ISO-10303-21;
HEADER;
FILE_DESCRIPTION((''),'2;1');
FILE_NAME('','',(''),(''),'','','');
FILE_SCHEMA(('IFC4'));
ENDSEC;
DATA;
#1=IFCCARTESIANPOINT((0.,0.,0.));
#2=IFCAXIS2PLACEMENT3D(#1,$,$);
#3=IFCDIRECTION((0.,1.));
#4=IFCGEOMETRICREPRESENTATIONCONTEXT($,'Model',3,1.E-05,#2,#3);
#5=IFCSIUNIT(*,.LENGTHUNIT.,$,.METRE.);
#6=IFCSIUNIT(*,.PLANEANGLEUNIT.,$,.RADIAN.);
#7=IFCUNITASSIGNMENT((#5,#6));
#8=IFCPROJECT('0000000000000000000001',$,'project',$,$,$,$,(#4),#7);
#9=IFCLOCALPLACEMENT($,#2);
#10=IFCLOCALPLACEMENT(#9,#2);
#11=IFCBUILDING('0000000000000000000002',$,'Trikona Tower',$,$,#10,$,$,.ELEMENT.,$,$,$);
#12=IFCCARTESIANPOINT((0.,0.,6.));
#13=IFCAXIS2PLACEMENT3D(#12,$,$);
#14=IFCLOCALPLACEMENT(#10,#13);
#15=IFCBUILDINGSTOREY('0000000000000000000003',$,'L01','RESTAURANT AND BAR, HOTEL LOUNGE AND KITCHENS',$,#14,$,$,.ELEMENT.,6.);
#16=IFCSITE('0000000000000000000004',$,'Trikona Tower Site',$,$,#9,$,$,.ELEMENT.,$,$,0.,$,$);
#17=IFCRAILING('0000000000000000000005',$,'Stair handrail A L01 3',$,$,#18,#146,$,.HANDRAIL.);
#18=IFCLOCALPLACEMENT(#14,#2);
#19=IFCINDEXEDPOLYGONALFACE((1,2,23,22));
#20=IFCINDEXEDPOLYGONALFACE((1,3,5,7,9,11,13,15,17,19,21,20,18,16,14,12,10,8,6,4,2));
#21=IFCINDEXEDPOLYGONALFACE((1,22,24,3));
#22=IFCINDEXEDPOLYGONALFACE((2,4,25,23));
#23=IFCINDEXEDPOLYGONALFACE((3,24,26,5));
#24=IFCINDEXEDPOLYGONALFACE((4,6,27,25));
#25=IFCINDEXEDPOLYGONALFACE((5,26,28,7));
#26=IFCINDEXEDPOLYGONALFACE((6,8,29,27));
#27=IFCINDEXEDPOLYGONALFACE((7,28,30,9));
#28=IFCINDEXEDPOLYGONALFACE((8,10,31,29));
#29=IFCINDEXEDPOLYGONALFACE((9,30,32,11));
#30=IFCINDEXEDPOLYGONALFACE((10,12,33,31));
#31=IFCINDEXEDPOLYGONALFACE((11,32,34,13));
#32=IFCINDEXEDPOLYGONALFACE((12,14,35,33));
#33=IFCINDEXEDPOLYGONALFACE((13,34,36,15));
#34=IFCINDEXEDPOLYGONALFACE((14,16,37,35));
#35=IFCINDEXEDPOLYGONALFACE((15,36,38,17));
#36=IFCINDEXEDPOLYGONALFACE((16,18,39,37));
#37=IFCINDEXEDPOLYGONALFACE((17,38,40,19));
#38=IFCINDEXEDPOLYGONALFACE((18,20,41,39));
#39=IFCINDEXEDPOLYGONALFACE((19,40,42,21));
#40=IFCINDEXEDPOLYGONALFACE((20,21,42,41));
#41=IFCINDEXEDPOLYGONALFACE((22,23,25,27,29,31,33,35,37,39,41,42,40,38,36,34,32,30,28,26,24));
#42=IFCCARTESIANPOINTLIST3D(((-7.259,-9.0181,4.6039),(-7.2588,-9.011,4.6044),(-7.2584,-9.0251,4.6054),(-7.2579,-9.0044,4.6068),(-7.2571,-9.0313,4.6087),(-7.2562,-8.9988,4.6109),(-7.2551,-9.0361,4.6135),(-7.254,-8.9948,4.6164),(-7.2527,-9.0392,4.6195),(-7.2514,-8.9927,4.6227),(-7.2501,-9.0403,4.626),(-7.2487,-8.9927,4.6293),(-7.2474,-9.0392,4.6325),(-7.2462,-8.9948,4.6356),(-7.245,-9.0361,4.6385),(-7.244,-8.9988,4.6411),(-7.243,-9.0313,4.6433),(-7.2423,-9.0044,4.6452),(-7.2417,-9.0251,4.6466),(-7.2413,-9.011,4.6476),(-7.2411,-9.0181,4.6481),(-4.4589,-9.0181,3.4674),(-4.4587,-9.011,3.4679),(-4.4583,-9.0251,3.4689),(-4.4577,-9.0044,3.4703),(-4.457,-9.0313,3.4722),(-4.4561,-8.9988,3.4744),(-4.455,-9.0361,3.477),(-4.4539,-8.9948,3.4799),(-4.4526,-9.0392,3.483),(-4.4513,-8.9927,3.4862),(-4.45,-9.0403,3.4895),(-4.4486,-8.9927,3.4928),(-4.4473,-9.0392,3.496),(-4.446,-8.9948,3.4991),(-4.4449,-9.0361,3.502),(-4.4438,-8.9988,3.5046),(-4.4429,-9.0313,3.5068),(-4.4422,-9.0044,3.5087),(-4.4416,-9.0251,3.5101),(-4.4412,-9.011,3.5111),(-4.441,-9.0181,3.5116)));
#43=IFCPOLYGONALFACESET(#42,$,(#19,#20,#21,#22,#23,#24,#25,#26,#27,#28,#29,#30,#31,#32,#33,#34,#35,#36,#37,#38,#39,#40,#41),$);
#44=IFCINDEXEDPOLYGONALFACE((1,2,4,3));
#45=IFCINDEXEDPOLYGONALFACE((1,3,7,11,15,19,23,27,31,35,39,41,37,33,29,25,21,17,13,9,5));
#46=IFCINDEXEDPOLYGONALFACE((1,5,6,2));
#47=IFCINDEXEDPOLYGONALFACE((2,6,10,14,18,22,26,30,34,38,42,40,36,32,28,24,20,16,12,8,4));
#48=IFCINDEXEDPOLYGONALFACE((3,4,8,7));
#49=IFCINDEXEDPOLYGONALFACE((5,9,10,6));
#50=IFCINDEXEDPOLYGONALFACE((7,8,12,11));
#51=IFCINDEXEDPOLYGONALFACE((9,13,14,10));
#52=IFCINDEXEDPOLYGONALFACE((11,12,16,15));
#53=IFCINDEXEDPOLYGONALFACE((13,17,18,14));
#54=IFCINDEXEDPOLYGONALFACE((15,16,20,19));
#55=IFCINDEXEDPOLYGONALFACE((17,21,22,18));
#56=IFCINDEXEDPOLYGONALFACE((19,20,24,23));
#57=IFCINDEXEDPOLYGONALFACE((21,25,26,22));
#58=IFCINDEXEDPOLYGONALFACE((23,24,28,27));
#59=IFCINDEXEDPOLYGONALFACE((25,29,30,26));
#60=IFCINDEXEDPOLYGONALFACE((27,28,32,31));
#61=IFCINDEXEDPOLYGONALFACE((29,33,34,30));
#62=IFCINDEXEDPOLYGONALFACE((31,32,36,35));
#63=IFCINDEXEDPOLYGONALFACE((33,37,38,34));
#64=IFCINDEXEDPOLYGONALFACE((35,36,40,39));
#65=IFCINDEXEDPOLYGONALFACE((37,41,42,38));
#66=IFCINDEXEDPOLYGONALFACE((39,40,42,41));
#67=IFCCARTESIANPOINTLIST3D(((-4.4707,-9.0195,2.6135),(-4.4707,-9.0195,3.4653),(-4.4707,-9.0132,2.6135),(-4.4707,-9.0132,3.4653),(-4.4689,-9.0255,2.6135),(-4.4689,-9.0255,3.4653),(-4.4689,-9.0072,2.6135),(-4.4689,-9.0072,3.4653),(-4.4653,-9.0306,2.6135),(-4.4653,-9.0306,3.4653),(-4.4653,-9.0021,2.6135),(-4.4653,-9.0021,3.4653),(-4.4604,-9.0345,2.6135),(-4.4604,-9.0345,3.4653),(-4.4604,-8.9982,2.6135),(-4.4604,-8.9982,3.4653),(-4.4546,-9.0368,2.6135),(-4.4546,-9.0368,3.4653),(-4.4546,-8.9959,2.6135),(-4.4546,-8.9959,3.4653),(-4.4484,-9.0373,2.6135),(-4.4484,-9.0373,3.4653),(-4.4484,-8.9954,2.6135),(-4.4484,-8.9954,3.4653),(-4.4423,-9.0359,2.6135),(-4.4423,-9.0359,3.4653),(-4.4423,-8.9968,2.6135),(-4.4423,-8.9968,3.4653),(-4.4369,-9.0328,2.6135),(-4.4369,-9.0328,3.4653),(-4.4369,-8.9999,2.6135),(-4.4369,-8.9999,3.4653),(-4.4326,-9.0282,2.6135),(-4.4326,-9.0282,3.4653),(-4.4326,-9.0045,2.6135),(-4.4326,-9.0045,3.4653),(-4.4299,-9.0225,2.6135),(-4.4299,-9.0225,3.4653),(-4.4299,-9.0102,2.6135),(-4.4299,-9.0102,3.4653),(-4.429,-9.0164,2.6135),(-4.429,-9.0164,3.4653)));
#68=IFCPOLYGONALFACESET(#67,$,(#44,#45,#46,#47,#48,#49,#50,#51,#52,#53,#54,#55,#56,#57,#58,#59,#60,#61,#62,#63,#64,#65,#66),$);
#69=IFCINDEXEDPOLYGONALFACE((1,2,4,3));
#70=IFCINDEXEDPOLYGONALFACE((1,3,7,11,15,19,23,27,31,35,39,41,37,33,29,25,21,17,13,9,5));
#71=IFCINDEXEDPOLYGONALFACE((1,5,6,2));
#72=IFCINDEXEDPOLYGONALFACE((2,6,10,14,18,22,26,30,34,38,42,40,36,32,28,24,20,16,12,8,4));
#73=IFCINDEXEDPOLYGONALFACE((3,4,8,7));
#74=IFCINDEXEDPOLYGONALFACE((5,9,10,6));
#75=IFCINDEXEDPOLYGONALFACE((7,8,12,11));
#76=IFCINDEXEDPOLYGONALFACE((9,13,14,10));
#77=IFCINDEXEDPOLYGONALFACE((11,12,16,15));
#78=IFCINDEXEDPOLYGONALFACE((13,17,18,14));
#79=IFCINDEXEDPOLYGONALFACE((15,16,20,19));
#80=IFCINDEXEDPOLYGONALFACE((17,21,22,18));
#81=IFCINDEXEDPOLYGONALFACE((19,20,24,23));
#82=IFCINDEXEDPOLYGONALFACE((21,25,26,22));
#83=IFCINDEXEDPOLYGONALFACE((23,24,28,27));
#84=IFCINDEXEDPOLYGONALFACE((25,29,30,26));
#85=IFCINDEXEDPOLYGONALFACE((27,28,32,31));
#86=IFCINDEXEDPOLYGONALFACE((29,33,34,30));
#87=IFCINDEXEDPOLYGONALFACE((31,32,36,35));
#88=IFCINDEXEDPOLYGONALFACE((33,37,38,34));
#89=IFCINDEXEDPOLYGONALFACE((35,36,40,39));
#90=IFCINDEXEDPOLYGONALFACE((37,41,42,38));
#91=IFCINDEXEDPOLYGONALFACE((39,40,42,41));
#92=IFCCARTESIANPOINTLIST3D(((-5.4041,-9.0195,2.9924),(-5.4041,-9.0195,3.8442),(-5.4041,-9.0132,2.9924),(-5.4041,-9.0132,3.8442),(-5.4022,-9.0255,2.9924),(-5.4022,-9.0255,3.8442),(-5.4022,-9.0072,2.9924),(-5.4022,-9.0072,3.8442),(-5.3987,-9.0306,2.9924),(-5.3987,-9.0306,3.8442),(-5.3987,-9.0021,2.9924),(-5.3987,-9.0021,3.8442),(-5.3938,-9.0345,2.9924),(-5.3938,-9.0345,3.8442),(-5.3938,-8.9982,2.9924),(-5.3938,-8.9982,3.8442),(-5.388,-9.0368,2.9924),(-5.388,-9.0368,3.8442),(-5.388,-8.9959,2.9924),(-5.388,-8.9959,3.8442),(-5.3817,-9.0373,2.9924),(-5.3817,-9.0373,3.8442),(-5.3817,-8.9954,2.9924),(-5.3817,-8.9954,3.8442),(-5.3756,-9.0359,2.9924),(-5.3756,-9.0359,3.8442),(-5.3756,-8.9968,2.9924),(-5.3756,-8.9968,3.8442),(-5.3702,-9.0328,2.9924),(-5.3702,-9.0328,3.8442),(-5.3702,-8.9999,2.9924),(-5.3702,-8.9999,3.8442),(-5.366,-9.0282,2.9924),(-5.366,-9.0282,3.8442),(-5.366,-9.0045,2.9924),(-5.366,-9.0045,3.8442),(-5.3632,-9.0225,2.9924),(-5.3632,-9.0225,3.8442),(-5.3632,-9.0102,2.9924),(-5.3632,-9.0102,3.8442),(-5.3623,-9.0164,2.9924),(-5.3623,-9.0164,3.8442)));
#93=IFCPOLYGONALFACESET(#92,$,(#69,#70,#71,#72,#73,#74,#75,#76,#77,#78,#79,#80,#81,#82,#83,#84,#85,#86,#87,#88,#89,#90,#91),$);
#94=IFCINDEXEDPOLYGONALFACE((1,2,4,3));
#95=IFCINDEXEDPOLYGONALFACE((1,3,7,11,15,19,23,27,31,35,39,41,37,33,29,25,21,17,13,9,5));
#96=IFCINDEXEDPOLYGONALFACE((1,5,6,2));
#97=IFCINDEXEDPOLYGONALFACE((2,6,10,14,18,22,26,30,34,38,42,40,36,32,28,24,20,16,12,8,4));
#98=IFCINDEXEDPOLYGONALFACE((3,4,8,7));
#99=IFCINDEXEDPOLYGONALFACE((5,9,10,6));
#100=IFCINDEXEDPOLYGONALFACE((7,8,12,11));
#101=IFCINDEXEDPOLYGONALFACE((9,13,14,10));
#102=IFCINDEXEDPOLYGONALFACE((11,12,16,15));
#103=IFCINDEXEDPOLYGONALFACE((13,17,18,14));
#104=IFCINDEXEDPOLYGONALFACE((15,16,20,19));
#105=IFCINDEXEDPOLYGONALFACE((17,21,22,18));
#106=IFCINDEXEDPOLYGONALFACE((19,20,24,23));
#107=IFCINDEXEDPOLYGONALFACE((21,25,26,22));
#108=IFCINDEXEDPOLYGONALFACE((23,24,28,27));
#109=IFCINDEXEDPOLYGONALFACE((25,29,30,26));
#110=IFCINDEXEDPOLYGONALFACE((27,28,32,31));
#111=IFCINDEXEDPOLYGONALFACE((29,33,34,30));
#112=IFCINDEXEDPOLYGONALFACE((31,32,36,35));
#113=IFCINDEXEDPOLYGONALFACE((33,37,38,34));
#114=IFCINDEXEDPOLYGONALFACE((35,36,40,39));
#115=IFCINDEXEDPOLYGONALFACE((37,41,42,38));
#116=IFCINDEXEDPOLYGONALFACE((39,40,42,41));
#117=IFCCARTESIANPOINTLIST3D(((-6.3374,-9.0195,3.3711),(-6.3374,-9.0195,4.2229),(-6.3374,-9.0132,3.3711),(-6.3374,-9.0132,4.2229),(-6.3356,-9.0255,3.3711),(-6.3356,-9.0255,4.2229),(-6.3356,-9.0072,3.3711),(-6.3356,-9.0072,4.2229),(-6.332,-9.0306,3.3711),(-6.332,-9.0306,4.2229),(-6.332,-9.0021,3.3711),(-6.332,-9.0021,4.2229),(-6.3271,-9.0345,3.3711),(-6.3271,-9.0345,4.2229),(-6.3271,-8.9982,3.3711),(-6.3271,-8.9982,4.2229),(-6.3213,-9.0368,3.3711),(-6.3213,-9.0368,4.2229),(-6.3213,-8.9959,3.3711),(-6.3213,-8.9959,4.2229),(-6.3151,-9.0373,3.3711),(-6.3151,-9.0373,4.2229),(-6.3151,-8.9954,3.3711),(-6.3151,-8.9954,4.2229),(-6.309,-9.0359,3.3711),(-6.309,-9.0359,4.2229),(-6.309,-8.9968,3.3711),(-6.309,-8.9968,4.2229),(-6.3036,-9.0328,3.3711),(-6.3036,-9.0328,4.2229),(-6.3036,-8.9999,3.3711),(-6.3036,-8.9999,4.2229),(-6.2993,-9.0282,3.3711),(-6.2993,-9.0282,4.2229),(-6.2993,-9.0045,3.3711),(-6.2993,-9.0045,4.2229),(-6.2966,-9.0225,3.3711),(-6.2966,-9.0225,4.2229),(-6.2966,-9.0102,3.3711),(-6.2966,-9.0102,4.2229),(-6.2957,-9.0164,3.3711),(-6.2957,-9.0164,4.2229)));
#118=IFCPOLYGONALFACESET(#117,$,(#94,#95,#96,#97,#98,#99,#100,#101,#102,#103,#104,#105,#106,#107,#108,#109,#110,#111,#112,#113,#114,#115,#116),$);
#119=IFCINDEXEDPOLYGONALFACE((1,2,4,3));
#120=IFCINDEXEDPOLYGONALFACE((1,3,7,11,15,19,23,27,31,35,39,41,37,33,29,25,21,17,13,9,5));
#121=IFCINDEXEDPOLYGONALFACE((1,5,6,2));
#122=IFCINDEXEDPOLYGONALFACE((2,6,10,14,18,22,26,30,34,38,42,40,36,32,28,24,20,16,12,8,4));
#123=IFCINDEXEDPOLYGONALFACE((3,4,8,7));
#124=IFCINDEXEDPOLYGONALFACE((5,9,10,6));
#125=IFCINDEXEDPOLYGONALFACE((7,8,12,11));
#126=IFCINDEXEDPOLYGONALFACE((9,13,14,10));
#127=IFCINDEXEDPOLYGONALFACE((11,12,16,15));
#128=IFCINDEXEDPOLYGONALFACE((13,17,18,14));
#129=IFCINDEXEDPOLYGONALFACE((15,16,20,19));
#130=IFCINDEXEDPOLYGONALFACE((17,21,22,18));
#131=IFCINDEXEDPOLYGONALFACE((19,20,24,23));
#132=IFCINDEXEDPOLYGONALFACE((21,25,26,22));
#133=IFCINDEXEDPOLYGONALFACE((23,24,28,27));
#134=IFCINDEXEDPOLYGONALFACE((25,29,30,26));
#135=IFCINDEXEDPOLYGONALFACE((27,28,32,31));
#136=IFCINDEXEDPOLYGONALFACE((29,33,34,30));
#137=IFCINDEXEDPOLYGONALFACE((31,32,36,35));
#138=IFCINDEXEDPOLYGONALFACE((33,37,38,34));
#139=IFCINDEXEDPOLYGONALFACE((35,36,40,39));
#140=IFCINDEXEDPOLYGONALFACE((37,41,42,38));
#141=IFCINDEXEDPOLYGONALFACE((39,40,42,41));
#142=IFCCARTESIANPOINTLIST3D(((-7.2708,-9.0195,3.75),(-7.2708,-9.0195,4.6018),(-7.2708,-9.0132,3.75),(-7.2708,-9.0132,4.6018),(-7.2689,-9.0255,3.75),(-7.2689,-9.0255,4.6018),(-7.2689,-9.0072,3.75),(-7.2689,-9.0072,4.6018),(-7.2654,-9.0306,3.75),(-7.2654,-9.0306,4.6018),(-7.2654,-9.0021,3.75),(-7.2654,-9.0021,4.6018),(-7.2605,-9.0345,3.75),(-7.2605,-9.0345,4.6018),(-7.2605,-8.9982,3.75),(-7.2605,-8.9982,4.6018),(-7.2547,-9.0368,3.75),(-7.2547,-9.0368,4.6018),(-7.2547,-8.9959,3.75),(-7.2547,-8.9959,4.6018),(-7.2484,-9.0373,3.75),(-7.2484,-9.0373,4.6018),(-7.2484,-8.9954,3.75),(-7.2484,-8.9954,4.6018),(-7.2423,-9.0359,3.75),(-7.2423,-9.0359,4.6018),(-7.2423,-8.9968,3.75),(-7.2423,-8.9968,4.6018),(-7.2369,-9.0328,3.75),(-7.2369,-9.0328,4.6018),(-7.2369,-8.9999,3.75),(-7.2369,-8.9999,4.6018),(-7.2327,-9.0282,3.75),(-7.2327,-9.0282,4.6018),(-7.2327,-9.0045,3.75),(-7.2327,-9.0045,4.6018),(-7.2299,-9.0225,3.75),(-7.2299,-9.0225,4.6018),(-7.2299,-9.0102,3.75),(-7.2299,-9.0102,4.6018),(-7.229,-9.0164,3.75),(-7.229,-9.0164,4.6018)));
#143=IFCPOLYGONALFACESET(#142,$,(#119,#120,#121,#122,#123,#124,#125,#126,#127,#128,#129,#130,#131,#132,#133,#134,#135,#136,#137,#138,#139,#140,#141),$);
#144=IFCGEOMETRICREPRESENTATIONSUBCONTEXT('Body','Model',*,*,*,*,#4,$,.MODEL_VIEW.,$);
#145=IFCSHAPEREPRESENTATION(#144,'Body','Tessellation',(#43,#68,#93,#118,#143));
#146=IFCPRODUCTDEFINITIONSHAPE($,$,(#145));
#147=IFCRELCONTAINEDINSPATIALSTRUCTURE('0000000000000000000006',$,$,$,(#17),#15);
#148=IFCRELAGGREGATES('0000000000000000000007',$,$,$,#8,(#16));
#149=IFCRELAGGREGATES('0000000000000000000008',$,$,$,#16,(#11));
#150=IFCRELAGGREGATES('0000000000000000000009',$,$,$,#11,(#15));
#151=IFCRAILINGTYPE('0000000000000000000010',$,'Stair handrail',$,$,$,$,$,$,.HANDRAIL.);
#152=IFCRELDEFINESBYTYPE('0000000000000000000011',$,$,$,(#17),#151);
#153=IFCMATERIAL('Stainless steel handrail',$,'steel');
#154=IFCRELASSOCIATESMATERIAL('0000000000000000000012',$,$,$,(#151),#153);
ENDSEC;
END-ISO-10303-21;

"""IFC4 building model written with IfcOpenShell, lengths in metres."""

from ifc_helpers import new_model, si_unit, direction, frame, origin, origin_2d, place, context, subcontext, project, spatial, circle, extrude, material, type_object, element, save


model = new_model("IFC4")

# Units and contexts
model_context = context("Model", 3, precision=1e-05, world=origin(), true_north=direction((0.0, 1.0)))
body_context = subcontext(model_context, "Body", "Model", "MODEL_VIEW")
ifc_project = project(units=[si_unit("LENGTHUNIT", "METRE"), si_unit("PLANEANGLEUNIT", "RADIAN")], contexts=[model_context])

# Site, building, storey
site_placement = place(None, origin())
site = spatial("IfcSite", under=ifc_project, at=site_placement, Name="Trikona Tower Site", CompositionType="ELEMENT", RefElevation=0.0)
building_placement = place(site_placement, origin())
building = spatial("IfcBuilding", under=site, at=building_placement, Name="Trikona Tower", CompositionType="ELEMENT")
storey_placement = place(building_placement, frame((0.0, 0.0, 6.0)))
storey = spatial("IfcBuildingStorey", under=building, at=storey_placement, Name="L01", Description="RESTAURANT AND BAR, HOTEL LOUNGE AND KITCHENS", CompositionType="ELEMENT", Elevation=6.0)

# Railing
ifc_material_1 = material(Name="Stainless steel handrail", Category="steel")
railing_type = type_object("IfcRailingType", Name="Stair handrail", PredefinedType="HANDRAIL", material=ifc_material_1)
railing_1_placement = place(storey_placement, frame((-4.45, -9.0164, 2.6135)))
element("IfcRailing", 1, at=railing_1_placement, inside=storey, type_object=railing_type, Name="Stair handrail A L01 3", PredefinedType="HANDRAIL", context=body_context, shape_type="SweptSolid", body=[
    extrude(circle(Radius=0.0239, at=origin_2d()), frame((0.0, 0.0, 0.876), z_axis=(-0.926587, 0.0, 0.37608), x_axis=(0.0, -1.0, 0.0)), (0.0, 0.0, 1.0), 3.022),
    extrude(circle(Radius=0.021, at=origin_2d()), origin(), (0.0, 0.0, 1.0), 0.8518),
    extrude(circle(Radius=0.021, at=origin_2d()), frame((-0.9333, 0.0, 0.3789)), (0.0, 0.0, 1.0), 0.8518),
    extrude(circle(Radius=0.021, at=origin_2d()), frame((-1.8667, 0.0, 0.7576)), (0.0, 0.0, 1.0), 0.8518),
    extrude(circle(Radius=0.021, at=origin_2d()), frame((-2.8, 0.0, 1.1365)), (0.0, 0.0, 1.0), 0.8518),
])

save(model, "model.ifc")
